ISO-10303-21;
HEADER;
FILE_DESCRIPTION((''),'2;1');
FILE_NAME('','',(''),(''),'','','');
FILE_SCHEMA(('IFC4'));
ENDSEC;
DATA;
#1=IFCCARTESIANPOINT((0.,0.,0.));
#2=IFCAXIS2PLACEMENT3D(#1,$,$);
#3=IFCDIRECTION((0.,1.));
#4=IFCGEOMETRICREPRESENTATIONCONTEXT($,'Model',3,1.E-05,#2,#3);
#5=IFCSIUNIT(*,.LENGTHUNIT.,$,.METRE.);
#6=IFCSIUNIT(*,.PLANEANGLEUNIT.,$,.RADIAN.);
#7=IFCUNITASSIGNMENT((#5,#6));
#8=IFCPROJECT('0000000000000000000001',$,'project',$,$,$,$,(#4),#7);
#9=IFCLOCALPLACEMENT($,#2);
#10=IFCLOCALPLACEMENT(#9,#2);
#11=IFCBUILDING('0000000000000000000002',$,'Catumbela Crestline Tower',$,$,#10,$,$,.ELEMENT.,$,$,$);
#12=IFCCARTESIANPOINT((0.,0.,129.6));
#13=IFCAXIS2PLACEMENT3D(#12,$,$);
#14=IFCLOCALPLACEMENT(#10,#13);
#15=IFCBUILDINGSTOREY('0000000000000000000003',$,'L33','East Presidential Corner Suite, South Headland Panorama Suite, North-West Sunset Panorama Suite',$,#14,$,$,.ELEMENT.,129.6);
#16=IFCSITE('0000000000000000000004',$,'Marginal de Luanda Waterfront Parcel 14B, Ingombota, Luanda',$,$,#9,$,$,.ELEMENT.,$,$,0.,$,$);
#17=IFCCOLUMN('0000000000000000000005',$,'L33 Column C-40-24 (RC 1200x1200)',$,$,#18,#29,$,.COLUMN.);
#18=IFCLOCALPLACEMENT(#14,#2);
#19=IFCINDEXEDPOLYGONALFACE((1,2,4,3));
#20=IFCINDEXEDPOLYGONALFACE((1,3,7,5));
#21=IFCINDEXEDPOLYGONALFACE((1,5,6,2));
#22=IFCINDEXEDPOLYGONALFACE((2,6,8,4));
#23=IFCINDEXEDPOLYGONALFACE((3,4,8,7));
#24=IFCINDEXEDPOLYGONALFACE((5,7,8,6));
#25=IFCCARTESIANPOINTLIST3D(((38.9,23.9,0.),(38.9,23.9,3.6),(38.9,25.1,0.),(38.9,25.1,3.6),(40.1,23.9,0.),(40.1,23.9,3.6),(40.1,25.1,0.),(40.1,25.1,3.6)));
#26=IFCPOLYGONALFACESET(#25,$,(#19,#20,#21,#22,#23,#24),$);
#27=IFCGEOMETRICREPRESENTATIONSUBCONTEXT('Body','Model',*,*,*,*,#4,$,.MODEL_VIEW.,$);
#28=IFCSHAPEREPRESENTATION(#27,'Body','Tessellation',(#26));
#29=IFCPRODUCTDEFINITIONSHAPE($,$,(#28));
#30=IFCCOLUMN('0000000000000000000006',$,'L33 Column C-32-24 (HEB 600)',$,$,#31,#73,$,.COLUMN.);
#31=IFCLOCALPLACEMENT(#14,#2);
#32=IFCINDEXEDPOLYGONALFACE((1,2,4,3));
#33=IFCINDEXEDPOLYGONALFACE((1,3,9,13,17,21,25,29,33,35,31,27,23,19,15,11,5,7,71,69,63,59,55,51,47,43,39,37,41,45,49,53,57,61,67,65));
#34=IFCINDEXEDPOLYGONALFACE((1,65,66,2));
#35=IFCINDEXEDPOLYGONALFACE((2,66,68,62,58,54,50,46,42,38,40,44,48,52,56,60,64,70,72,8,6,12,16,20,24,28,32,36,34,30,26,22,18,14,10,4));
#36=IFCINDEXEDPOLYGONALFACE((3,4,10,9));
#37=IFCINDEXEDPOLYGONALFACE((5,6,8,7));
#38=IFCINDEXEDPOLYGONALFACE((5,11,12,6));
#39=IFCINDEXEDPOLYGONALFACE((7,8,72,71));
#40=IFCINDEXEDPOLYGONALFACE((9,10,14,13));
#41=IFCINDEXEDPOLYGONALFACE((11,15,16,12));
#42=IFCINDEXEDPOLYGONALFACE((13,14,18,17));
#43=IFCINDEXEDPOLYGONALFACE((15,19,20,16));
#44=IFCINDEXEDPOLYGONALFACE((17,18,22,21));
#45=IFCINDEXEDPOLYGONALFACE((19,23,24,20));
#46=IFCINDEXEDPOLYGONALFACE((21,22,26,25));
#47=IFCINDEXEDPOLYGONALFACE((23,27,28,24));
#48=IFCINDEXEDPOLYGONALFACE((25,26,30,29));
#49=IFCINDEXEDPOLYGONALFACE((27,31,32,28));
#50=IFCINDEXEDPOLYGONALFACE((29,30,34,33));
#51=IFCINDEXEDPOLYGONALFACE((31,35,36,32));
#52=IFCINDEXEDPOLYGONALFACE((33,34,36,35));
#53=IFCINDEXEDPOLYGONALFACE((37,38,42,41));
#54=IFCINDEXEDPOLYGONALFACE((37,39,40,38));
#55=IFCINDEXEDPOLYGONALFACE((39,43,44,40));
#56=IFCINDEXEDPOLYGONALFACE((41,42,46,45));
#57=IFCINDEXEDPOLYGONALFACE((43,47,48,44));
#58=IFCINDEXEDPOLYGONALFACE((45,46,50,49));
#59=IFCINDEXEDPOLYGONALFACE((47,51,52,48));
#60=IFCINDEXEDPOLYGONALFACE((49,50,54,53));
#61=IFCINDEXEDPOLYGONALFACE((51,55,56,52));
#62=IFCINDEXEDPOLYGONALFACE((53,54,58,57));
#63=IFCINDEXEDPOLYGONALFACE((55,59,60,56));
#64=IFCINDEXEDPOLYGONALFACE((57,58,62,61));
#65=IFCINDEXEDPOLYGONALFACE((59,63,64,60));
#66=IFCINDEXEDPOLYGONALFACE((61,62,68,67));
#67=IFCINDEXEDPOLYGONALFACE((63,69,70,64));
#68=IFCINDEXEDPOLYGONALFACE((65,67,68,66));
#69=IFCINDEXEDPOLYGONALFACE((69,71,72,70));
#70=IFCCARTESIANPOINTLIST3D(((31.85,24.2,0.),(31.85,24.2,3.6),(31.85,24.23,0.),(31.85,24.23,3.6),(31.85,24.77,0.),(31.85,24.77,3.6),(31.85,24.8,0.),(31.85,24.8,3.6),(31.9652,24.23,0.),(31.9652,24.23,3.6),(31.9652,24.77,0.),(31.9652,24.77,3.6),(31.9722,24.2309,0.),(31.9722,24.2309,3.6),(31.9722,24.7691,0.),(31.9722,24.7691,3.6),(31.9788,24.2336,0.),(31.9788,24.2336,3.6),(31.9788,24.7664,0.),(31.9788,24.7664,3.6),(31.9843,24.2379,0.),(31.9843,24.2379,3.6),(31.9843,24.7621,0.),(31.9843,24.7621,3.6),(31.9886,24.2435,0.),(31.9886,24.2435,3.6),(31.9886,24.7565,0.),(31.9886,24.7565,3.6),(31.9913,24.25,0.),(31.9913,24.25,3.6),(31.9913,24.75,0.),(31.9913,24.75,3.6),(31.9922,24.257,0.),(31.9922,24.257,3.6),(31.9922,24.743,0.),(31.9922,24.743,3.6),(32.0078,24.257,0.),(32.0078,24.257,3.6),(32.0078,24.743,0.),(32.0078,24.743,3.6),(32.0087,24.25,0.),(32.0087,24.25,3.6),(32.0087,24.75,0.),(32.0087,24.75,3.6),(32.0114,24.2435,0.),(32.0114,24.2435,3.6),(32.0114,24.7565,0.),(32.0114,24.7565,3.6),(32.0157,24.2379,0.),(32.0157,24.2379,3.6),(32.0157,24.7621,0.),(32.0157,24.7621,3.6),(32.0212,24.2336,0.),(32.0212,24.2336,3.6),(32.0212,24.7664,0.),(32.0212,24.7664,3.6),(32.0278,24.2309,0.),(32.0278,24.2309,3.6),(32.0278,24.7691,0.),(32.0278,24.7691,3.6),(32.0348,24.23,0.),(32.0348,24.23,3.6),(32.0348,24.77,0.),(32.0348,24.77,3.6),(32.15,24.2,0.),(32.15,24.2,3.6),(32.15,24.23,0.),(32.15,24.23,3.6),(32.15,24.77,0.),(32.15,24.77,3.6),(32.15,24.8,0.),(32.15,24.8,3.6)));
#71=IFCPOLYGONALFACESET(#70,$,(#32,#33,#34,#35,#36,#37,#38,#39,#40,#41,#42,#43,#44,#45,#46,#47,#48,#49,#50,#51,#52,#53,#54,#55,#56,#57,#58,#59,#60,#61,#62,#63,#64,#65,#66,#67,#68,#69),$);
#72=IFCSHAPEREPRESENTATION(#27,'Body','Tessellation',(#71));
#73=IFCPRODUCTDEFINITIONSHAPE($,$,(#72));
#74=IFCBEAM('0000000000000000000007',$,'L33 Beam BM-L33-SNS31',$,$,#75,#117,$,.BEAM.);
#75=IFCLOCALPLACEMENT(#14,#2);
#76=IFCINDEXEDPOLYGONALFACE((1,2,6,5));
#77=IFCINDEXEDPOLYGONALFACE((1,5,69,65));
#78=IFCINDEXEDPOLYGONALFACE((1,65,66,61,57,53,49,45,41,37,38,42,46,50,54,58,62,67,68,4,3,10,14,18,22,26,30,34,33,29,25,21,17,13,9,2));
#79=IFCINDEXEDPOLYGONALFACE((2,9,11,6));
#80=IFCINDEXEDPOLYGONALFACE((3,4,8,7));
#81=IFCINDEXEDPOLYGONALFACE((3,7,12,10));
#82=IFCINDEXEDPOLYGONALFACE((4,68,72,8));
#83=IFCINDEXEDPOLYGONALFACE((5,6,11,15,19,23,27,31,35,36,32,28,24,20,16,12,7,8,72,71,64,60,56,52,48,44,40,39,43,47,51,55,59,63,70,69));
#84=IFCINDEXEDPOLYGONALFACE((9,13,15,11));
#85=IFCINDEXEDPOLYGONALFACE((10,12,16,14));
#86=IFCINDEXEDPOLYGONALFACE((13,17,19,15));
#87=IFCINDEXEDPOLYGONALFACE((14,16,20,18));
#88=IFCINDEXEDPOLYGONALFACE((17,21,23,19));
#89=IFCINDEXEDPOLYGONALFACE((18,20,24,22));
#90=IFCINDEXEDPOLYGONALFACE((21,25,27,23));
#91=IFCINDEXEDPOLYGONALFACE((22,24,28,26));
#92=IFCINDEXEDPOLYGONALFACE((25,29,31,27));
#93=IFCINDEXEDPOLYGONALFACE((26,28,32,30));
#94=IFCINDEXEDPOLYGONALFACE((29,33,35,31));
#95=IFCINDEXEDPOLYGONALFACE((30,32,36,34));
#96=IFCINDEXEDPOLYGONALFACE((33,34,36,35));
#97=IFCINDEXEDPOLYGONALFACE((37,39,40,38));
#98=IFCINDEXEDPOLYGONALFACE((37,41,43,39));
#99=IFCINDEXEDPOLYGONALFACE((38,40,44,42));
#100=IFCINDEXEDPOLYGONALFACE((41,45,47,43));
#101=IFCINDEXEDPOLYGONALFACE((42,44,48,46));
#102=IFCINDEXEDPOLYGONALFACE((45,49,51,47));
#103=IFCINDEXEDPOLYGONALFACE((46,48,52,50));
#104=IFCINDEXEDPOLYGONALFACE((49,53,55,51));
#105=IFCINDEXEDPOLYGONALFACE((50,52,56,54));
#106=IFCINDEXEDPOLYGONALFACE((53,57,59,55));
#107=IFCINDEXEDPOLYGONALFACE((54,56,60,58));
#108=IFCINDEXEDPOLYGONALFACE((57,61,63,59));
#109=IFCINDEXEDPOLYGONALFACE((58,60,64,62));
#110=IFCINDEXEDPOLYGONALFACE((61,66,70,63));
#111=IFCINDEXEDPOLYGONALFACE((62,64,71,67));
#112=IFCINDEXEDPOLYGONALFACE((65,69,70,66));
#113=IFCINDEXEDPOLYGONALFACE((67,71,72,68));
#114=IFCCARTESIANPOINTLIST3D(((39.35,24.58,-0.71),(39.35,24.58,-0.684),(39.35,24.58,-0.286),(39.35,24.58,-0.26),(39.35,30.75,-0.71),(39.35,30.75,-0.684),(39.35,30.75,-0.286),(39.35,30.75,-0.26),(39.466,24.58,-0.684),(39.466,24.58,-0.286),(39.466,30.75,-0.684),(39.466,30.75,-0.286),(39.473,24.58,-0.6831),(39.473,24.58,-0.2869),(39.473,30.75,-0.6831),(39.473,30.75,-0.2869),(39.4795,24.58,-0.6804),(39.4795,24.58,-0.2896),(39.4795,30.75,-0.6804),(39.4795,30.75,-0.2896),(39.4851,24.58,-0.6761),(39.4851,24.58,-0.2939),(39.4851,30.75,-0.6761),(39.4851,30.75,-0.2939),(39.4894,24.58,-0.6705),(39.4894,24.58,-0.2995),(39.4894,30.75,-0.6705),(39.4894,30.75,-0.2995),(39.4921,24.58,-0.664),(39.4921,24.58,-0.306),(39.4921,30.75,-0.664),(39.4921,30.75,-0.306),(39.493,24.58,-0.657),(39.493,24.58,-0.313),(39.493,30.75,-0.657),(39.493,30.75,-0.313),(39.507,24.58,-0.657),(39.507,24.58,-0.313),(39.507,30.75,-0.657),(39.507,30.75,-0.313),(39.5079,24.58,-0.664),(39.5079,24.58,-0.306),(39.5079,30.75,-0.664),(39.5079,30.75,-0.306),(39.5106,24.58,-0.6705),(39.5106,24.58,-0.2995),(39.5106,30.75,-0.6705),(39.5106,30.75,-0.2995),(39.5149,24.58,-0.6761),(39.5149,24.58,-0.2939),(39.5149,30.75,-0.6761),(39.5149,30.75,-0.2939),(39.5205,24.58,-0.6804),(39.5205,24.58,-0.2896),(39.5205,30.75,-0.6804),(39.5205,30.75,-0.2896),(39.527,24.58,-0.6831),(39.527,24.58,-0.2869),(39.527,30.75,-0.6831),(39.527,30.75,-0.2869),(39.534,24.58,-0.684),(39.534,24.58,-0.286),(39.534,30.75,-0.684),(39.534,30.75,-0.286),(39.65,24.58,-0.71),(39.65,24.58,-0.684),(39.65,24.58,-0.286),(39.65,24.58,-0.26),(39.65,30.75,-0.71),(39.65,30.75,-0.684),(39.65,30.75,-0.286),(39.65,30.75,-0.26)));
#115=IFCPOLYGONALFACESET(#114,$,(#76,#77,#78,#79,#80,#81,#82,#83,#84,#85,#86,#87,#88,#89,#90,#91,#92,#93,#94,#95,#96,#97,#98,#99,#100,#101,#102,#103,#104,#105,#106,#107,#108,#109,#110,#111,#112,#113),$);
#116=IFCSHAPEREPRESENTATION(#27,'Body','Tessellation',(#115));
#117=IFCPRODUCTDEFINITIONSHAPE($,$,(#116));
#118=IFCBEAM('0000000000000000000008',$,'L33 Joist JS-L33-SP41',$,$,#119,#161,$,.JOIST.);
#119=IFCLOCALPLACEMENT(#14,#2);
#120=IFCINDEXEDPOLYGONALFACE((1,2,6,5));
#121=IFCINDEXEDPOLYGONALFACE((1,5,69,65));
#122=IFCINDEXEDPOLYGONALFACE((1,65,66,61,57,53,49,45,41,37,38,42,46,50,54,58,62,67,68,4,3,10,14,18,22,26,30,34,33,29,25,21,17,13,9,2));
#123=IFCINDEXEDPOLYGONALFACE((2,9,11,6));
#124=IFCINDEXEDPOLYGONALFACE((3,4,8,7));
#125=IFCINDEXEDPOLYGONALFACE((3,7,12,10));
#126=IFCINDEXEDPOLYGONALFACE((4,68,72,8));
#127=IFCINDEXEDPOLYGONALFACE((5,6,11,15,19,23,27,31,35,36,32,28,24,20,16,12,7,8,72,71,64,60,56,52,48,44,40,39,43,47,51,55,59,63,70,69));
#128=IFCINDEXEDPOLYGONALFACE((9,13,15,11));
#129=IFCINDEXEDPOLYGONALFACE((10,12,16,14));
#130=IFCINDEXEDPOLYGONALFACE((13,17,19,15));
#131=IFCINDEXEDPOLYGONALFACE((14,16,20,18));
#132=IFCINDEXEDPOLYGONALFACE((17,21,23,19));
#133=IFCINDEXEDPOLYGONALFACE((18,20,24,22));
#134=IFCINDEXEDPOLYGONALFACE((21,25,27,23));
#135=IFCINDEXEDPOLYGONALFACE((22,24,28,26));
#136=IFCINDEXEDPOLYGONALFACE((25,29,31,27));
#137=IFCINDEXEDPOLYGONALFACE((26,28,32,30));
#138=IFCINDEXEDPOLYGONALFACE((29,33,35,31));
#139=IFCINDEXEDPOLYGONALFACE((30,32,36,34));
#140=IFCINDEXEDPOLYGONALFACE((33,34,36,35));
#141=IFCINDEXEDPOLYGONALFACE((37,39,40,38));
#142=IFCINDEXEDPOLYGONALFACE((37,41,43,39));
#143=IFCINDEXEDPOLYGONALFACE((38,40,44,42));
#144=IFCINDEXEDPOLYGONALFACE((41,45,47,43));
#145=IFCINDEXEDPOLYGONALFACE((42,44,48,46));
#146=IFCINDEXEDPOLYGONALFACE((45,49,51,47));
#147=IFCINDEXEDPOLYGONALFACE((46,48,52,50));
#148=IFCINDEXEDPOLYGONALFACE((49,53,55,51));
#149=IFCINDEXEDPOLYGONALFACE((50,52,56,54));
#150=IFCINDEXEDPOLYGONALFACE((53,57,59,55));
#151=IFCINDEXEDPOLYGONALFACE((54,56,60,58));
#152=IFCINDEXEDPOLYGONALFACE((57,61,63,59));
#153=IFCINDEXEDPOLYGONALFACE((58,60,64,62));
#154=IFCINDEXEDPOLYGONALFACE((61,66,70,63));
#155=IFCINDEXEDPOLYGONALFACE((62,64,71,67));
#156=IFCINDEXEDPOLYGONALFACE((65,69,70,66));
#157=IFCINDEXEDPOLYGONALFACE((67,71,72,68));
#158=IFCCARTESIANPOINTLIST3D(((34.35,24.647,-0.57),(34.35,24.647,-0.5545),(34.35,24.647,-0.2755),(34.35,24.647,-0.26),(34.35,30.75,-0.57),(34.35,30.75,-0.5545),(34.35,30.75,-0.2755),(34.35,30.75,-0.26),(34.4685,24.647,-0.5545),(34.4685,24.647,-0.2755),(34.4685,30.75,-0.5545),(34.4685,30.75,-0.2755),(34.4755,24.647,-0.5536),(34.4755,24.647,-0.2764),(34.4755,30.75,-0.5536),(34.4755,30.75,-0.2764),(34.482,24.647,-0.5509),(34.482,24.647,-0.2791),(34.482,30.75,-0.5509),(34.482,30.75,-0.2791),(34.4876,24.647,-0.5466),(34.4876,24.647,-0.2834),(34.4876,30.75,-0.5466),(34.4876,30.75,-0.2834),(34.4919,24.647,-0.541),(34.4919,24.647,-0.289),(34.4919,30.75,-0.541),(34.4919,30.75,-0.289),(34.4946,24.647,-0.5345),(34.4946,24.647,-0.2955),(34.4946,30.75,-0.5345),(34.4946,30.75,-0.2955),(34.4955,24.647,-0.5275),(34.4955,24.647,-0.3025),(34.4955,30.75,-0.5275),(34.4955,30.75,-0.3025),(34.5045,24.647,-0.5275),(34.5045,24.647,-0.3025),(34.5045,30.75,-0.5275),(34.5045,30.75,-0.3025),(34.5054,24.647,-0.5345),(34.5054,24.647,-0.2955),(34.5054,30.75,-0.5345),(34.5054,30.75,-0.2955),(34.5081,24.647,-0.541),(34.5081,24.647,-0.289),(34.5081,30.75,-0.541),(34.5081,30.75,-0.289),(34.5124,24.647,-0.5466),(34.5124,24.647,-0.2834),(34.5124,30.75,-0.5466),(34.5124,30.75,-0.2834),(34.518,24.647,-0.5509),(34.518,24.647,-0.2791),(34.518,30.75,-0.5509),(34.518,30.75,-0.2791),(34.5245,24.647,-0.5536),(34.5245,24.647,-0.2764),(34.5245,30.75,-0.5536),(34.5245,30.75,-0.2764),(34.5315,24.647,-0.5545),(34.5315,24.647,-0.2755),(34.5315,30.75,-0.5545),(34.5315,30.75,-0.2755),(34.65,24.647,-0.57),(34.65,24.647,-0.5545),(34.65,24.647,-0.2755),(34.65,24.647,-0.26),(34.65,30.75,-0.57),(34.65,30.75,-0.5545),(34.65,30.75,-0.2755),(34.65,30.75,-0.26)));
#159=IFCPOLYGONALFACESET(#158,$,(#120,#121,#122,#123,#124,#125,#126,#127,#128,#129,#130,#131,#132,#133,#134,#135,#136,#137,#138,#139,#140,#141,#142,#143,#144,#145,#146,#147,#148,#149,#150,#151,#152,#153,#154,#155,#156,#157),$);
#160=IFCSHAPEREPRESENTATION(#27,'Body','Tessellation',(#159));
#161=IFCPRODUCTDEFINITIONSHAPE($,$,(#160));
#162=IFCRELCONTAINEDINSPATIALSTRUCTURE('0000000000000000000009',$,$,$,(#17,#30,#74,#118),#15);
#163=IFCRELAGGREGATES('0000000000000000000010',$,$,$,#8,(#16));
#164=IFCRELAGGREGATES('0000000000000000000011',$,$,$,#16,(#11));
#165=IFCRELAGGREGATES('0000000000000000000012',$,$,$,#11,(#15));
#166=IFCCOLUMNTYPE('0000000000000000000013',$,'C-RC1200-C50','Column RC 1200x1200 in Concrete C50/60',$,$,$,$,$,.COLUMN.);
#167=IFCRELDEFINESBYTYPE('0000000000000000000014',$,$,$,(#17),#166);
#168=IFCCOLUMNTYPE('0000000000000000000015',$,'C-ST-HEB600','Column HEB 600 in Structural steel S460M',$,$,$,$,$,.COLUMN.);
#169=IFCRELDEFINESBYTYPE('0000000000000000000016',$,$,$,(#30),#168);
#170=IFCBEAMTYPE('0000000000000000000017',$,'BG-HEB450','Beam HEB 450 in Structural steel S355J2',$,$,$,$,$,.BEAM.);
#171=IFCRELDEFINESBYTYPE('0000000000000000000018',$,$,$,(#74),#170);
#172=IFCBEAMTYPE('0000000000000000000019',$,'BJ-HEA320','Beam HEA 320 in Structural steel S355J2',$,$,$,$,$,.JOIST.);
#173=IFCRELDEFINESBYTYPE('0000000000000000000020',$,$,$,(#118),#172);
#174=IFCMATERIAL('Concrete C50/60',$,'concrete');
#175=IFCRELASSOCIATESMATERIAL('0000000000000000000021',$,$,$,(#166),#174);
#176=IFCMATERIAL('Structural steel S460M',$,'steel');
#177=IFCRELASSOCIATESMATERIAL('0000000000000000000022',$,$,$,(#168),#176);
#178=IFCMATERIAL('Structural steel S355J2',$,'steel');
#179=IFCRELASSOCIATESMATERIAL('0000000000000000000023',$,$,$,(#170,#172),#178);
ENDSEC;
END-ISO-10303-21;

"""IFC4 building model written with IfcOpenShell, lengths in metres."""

from ifc_helpers import new_model, si_unit, direction, frame, origin, origin_2d, place, context, subcontext, project, spatial, rectangle, i_section, extrude, material, material_profile, profile_set, type_object, element, save


model = new_model("IFC4")

# Units and contexts
model_context = context("Model", 3, precision=1e-05, world=origin(), true_north=direction((0.0, 1.0)))
body_context = subcontext(model_context, "Body", "Model", "MODEL_VIEW")
ifc_project = project(units=[si_unit("LENGTHUNIT", "METRE"), si_unit("PLANEANGLEUNIT", "RADIAN")], contexts=[model_context])

# Site, building, storey
site_placement = place(None, origin())
site = spatial("IfcSite", under=ifc_project, at=site_placement, Name="Marginal de Luanda Waterfront Parcel 14B, Ingombota, Luanda", CompositionType="ELEMENT", RefElevation=0.0)
building_placement = place(site_placement, origin())
building = spatial("IfcBuilding", under=site, at=building_placement, Name="Catumbela Crestline Tower", CompositionType="ELEMENT")
storey_placement = place(building_placement, frame((0.0, 0.0, 129.6)))
storey = spatial("IfcBuildingStorey", under=building, at=storey_placement, Name="L33", Description="East Presidential Corner Suite, South Headland Panorama Suite, North-West Sunset Panorama Suite", CompositionType="ELEMENT", Elevation=129.6)

# Columns
ifc_material_1 = material(Name="Concrete C50/60", Category="concrete")
ifc_material_profile_1 = material_profile(ifc_material_1, rectangle(XDim=1.2, YDim=1.2, at=origin_2d()), Name="RC 1200x1200")
ifc_profile_set_1 = profile_set([ifc_material_profile_1], Name="Concrete C50/60")
column_type_1 = type_object("IfcColumnType", Name="C-RC1200-C50", Description="Column RC 1200x1200 in Concrete C50/60", PredefinedType="COLUMN", material=ifc_profile_set_1)
column_1_placement = place(storey_placement, frame((39.5, 24.5, 0.0), z_axis=(0.0, 0.0, 1.0), x_axis=(1.0, 0.0, 0.0)))
element("IfcColumn", 1, at=column_1_placement, inside=storey, type_object=column_type_1, Name="L33 Column C-40-24 (RC 1200x1200)", PredefinedType="COLUMN", context=body_context, shape_type="SweptSolid", body=[
    extrude(rectangle(XDim=1.2, YDim=1.2, at=origin_2d()), origin(), (0.0, 0.0, 1.0), 3.6),
])
ifc_material_2 = material(Name="Structural steel S460M", Category="steel")
ifc_material_profile_2 = material_profile(ifc_material_2, i_section(OverallWidth=0.3, OverallDepth=0.6, WebThickness=0.0155, FlangeThickness=0.03, FilletRadius=0.027, at=origin_2d()), Name="HEB 600")
ifc_profile_set_2 = profile_set([ifc_material_profile_2], Name="Structural steel S460M")
column_type_2 = type_object("IfcColumnType", Name="C-ST-HEB600", Description="Column HEB 600 in Structural steel S460M", PredefinedType="COLUMN", material=ifc_profile_set_2)
column_2_placement = place(storey_placement, frame((32.0, 24.5, 0.0), z_axis=(0.0, 0.0, 1.0), x_axis=(1.0, 0.0, 0.0)))
element("IfcColumn", 2, at=column_2_placement, inside=storey, type_object=column_type_2, Name="L33 Column C-32-24 (HEB 600)", PredefinedType="COLUMN", context=body_context, shape_type="SweptSolid", body=[
    extrude(i_section(OverallWidth=0.3, OverallDepth=0.6, WebThickness=0.0155, FlangeThickness=0.03, FilletRadius=0.027, at=origin_2d()), origin(), (0.0, 0.0, 1.0), 3.6),
])

# Beams
ifc_material_3 = material(Name="Structural steel S355J2", Category="steel")
ifc_material_profile_3 = material_profile(ifc_material_3, i_section(OverallWidth=0.3, OverallDepth=0.45, WebThickness=0.014, FlangeThickness=0.026, FilletRadius=0.027, at=origin_2d()), Name="HEB 450")
ifc_profile_set_3 = profile_set([ifc_material_profile_3], Name="Structural steel S355J2")
beam_type_1 = type_object("IfcBeamType", Name="BG-HEB450", Description="Beam HEB 450 in Structural steel S355J2", PredefinedType="BEAM", material=ifc_profile_set_3)
beam_1_placement = place(storey_placement, frame((39.5, 24.58, -0.485), z_axis=(0.0, 1.0, 0.0), x_axis=(-1.0, 0.0, 0.0)))
element("IfcBeam", 3, at=beam_1_placement, inside=storey, type_object=beam_type_1, Name="L33 Beam BM-L33-SNS31", PredefinedType="BEAM", context=body_context, shape_type="SweptSolid", body=[
    extrude(i_section(OverallWidth=0.3, OverallDepth=0.45, WebThickness=0.014, FlangeThickness=0.026, FilletRadius=0.027, at=origin_2d()), origin(), (0.0, 0.0, 1.0), 6.17),
])
ifc_material_profile_4 = material_profile(ifc_material_3, i_section(OverallWidth=0.3, OverallDepth=0.31, WebThickness=0.009, FlangeThickness=0.0155, FilletRadius=0.027, at=origin_2d()), Name="HEA 320")
ifc_profile_set_4 = profile_set([ifc_material_profile_4], Name="Structural steel S355J2")
beam_type_2 = type_object("IfcBeamType", Name="BJ-HEA320", Description="Beam HEA 320 in Structural steel S355J2", PredefinedType="JOIST", material=ifc_profile_set_4)
for number, where, z_axis, x_axis, name in (
    (4, (34.5, 24.647, -0.415), (0.0, 1.0, 0.0), (-1.0, 0.0, 0.0), "L33 Joist JS-L33-SP41"),
):
    element("IfcBeam", number, at=place(storey_placement, frame(where, z_axis=z_axis, x_axis=x_axis)), inside=storey, type_object=beam_type_2, Name=name, PredefinedType="JOIST", context=body_context, shape_type="SweptSolid", body=[
        extrude(i_section(OverallWidth=0.3, OverallDepth=0.31, WebThickness=0.009, FlangeThickness=0.0155, FilletRadius=0.027, at=origin_2d()), origin(), (0.0, 0.0, 1.0), 6.103),
    ])

save(model, "model.ifc")
